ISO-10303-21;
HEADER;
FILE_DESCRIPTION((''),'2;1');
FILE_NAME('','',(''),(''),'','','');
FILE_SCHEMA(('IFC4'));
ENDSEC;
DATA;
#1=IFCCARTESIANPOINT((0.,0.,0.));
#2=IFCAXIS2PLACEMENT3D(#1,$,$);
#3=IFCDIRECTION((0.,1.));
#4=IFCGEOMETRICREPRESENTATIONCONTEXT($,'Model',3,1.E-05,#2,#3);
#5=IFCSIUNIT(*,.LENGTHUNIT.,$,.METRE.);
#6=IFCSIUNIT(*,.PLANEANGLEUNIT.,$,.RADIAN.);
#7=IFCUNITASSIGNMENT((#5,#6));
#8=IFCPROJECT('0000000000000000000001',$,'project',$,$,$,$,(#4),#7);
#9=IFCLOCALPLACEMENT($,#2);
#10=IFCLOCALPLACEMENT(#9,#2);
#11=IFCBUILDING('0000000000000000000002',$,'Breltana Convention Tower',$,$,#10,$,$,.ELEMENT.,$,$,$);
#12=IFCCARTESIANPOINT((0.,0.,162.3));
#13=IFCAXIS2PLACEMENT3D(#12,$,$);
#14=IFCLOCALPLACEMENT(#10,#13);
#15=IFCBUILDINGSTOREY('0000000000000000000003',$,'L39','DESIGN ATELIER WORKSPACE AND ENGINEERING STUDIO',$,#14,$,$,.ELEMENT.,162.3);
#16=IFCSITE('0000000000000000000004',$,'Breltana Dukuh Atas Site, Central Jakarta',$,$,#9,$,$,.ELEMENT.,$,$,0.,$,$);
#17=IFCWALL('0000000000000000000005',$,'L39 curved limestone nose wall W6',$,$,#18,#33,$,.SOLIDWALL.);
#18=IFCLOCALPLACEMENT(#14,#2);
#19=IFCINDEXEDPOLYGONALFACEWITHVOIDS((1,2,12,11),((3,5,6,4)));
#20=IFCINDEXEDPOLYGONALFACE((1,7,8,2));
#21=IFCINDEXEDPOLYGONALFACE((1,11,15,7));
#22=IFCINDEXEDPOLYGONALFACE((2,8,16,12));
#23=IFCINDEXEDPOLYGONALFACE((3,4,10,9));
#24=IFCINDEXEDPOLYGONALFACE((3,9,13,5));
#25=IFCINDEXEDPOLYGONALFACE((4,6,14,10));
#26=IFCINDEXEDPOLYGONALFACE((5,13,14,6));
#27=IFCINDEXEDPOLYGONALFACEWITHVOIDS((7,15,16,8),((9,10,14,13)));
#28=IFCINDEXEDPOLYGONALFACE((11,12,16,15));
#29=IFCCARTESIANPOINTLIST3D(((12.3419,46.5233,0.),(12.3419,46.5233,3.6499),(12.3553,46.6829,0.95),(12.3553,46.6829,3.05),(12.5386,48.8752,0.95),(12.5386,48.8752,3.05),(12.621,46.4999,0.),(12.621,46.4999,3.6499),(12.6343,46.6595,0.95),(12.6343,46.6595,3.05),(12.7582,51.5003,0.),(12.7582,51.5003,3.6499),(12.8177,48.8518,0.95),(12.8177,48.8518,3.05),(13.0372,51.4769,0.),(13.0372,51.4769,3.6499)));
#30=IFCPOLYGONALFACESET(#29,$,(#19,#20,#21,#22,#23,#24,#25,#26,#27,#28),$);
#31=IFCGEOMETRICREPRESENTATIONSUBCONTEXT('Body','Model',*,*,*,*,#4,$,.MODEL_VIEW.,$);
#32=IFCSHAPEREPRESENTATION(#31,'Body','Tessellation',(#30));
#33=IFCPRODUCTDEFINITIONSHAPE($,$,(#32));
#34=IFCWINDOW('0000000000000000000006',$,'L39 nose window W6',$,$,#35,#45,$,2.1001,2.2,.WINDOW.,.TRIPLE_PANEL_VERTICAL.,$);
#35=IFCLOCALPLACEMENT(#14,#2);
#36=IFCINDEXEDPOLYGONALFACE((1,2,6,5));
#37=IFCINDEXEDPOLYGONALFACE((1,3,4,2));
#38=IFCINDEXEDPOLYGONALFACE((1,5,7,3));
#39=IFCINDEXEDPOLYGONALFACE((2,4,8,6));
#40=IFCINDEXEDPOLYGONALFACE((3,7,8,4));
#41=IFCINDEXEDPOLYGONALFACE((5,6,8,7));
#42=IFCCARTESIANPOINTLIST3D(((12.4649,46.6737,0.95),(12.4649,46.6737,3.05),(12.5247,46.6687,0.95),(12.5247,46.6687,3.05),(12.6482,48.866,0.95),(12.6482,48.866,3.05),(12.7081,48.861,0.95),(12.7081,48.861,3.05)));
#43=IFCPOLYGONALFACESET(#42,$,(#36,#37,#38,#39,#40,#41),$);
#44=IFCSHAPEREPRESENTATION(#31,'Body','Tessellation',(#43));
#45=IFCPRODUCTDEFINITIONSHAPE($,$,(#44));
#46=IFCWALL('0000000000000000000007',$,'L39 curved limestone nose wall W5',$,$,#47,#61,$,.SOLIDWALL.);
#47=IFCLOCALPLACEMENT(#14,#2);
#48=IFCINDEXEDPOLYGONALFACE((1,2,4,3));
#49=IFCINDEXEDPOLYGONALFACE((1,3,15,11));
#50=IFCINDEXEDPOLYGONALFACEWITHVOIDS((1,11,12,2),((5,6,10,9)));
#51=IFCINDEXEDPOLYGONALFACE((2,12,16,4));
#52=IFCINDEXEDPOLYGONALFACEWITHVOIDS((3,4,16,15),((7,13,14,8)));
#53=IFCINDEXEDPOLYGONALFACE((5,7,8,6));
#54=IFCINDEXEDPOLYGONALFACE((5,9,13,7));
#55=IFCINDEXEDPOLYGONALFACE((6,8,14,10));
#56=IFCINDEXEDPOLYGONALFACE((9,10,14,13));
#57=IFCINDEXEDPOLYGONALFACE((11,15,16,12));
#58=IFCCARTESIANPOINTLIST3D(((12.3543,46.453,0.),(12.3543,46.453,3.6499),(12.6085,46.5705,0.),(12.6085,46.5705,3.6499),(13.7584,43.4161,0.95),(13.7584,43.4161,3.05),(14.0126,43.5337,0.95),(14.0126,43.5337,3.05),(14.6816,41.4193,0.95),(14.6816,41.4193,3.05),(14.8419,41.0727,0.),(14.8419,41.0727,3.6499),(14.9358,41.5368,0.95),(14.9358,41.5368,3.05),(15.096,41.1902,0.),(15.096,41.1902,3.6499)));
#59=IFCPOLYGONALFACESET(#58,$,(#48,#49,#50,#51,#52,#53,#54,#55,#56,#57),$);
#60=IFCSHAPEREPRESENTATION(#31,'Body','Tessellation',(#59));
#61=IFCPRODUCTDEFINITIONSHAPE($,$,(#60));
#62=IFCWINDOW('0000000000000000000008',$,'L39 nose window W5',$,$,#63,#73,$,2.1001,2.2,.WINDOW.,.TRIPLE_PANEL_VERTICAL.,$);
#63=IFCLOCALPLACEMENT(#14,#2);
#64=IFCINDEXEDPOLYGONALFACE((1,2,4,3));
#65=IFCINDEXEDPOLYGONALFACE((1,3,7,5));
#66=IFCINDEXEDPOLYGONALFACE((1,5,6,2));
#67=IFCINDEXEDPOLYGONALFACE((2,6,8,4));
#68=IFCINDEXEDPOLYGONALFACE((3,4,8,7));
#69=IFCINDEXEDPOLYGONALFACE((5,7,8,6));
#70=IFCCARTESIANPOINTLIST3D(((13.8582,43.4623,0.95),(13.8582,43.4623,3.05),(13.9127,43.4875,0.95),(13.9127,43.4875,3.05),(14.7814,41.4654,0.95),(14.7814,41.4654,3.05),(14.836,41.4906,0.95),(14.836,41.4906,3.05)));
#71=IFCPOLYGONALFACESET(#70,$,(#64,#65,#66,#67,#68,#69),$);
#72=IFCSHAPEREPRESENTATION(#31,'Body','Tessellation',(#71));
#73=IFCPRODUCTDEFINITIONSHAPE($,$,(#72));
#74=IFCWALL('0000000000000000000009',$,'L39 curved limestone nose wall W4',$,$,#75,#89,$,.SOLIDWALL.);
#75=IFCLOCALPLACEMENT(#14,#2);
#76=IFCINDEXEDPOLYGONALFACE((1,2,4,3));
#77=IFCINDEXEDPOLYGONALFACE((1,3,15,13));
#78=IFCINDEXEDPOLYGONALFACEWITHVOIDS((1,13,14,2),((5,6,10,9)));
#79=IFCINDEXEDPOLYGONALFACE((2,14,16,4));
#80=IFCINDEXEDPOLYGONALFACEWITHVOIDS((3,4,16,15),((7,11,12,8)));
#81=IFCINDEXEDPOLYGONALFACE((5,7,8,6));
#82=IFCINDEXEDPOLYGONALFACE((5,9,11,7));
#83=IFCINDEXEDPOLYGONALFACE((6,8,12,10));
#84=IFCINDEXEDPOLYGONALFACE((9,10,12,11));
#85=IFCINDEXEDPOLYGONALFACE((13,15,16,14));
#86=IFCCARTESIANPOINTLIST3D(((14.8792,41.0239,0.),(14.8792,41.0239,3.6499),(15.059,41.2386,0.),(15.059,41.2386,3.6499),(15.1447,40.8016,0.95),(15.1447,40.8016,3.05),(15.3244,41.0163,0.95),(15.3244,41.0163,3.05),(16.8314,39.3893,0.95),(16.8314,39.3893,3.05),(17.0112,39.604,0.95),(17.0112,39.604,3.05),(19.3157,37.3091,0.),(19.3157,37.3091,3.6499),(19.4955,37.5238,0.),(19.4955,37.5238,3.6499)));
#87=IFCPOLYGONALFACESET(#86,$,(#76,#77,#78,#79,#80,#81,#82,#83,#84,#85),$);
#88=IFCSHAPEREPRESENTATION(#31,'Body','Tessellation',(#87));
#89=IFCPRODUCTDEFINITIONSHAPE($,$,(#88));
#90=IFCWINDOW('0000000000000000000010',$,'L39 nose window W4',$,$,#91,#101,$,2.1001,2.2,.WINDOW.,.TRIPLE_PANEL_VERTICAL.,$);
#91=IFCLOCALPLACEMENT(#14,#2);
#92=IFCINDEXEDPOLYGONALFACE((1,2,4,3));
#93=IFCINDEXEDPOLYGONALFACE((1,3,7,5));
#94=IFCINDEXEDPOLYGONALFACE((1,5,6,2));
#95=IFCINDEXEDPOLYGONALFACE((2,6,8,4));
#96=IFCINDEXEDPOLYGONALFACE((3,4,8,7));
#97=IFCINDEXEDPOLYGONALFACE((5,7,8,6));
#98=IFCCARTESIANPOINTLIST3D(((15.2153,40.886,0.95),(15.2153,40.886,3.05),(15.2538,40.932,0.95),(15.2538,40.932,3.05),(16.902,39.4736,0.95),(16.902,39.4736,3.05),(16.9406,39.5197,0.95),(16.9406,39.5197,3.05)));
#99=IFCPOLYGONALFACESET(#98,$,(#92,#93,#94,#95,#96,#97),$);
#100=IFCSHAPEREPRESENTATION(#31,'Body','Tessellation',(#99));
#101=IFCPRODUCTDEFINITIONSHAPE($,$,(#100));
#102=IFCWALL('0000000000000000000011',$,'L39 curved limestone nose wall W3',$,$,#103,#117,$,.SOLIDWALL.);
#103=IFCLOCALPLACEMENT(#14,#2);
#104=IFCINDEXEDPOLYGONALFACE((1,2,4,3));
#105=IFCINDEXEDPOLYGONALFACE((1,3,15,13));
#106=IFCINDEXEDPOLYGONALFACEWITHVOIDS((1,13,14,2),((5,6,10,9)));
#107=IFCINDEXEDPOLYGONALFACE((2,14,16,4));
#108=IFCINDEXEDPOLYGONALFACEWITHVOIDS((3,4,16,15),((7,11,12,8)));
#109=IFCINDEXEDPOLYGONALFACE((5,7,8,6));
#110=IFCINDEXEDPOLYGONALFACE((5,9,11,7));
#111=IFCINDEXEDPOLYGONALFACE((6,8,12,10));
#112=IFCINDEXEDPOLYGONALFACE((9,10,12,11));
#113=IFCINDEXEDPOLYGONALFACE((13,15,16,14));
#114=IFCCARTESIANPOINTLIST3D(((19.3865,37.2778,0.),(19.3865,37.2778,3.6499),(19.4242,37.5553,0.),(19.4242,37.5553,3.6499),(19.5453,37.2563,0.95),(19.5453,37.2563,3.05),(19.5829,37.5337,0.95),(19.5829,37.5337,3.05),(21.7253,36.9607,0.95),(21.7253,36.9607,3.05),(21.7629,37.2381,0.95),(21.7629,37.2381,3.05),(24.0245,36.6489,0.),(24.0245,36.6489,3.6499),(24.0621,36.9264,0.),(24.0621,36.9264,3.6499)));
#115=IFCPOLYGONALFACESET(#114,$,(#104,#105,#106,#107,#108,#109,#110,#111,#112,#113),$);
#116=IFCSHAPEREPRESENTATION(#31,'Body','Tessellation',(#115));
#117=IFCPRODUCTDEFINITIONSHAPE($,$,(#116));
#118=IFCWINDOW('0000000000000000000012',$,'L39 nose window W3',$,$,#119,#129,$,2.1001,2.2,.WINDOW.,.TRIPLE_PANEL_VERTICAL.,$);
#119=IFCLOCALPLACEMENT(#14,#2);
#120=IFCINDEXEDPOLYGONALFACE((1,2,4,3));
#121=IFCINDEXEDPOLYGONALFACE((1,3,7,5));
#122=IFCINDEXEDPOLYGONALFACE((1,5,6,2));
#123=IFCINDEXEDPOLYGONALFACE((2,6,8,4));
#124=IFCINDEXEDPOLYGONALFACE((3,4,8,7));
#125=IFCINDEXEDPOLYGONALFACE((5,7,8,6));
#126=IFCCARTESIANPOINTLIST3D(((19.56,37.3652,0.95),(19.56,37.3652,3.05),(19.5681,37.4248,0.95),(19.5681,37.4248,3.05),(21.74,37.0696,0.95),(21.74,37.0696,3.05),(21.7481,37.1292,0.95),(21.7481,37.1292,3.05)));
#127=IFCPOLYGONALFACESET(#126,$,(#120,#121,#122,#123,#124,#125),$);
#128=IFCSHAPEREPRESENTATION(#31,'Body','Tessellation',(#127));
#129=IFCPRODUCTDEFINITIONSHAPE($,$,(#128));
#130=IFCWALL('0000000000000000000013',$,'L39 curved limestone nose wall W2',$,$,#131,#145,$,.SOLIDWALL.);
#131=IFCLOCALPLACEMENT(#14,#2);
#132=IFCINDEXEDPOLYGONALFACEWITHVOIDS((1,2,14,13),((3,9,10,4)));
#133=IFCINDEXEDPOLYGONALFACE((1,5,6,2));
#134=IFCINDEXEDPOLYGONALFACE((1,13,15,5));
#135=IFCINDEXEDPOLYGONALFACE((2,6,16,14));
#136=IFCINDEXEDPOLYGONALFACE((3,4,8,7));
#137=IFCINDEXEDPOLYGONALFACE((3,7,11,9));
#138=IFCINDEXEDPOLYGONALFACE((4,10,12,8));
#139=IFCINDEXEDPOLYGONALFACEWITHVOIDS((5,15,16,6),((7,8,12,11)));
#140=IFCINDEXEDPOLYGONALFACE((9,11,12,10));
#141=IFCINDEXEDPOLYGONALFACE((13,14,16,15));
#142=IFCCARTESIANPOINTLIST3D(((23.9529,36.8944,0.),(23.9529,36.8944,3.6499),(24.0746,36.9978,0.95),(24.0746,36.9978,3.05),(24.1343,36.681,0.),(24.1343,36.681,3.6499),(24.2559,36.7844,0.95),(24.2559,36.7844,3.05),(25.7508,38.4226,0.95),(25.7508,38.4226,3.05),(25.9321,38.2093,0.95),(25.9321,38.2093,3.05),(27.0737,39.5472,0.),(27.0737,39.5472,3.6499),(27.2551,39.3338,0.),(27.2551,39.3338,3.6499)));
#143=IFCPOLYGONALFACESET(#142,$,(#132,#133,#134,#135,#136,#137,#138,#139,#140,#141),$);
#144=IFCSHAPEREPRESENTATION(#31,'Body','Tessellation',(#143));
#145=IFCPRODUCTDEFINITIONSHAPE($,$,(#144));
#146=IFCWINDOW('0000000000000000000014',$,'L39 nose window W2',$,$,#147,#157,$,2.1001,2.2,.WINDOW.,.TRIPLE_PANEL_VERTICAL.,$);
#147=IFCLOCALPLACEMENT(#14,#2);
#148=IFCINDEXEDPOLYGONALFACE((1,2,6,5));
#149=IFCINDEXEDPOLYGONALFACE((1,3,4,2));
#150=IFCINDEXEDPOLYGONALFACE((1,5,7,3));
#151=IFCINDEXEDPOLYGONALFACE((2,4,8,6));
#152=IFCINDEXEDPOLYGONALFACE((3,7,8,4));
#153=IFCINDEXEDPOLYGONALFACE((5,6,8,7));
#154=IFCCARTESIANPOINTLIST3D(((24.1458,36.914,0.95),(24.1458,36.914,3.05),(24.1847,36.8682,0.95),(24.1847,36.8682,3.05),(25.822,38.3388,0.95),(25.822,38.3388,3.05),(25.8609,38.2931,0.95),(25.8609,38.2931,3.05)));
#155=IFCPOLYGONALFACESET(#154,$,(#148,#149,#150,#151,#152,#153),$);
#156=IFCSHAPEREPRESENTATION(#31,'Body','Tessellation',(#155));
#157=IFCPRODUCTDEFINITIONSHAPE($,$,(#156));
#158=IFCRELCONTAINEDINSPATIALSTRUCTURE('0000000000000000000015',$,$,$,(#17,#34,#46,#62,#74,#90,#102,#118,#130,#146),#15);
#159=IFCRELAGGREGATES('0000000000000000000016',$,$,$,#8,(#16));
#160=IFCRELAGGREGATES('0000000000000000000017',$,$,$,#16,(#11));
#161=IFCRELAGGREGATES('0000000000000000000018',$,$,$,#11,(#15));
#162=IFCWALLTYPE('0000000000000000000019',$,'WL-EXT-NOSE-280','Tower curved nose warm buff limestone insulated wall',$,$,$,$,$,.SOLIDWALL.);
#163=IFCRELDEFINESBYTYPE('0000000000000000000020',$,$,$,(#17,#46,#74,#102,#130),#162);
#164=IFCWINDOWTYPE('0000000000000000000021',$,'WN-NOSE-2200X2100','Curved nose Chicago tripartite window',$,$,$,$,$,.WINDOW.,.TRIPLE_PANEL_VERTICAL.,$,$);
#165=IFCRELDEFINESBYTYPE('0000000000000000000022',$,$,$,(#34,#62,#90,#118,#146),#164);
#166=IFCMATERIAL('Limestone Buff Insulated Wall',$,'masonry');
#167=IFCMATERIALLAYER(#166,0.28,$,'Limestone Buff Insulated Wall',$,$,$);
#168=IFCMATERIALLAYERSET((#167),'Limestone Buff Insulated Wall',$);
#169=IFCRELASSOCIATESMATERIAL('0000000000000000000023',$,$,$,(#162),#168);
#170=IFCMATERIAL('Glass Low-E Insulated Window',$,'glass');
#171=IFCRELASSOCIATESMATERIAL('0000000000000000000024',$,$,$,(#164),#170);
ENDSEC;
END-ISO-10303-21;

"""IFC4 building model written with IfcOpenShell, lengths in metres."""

from ifc_helpers import new_model, si_unit, direction, frame, frame_2d, origin, place, context, subcontext, project, spatial, rectangle, extrude, source, transform, mapped, material, layer, layer_set, type_object, type_shapes, element, fill, save


model = new_model("IFC4")

# Units and contexts
model_context = context("Model", 3, precision=1e-05, world=origin(), true_north=direction((0.0, 1.0)))
body_context = subcontext(model_context, "Body", "Model", "MODEL_VIEW")
ifc_project = project(units=[si_unit("LENGTHUNIT", "METRE"), si_unit("PLANEANGLEUNIT", "RADIAN")], contexts=[model_context])

# Site, building, storey
site_placement = place(None, origin())
site = spatial("IfcSite", under=ifc_project, at=site_placement, Name="Breltana Dukuh Atas Site, Central Jakarta", CompositionType="ELEMENT", RefElevation=0.0)
building_placement = place(site_placement, origin())
building = spatial("IfcBuilding", under=site, at=building_placement, Name="Breltana Convention Tower", CompositionType="ELEMENT")
storey_placement = place(building_placement, frame((0.0, 0.0, 162.3)))
storey = spatial("IfcBuildingStorey", under=building, at=storey_placement, Name="L39", Description="DESIGN ATELIER WORKSPACE AND ENGINEERING STUDIO", CompositionType="ELEMENT", Elevation=162.3)

# Walls, openings, windows
ifc_material_1 = material(Name="Limestone Buff Insulated Wall", Category="masonry")
ifc_layer_1 = layer(ifc_material_1, 0.28, Name="Limestone Buff Insulated Wall")
ifc_layer_set_1 = layer_set([ifc_layer_1], Name="Limestone Buff Insulated Wall")
wall_type = type_object("IfcWallType", Name="WL-EXT-NOSE-280", Description="Tower curved nose warm buff limestone insulated wall", PredefinedType="SOLIDWALL", material=ifc_layer_set_1)
shared_shape_1 = source(origin(), body_context, "Body", "SweptSolid", [
    extrude(rectangle(XDim=4.9944, YDim=0.28, at=frame_2d((2.4971, 0.0))), origin(), (0.0, 0.0, 1.0), 3.6499),
])
wall_1_placement = place(storey_placement, frame((12.4814, 46.5117, 0.0), z_axis=(0.0, 0.0, 1.0), x_axis=(0.083345, 0.996521, 0.0)))
wall_1 = element("IfcWall", 1, at=wall_1_placement, inside=storey, type_object=wall_type, Name="L39 curved limestone nose wall W6", PredefinedType="SOLIDWALL", context=body_context, shape_type="MappedRepresentation", body=[
    mapped(shared_shape_1, transform((0.0, 0.0, 0.0), scale=1.0)),
])
opening_1_placement = place(wall_1_placement, frame((0.1599, 0.0, 0.95)))
opening_1 = element("IfcOpeningElement", 2, at=opening_1_placement, cuts=wall_1, PredefinedType="OPENING", context=body_context, shape_type="SweptSolid", body=[
    extrude(rectangle(XDim=2.2, YDim=2.1001, at=frame_2d((1.1001, 1.05))), frame((0.0, 0.1499, 0.0), z_axis=(0.0, -1.0, 0.0), x_axis=(1.0, 0.0, 0.0)), (0.0, 0.0, 1.0), 0.3),
])
ifc_material_2 = material(Name="Glass Low-E Insulated Window", Category="glass")
window_type_1 = type_object("IfcWindowType", Name="WN-NOSE-2200X2100", Description="Curved nose Chicago tripartite window", PartitioningType="TRIPLE_PANEL_VERTICAL", PredefinedType="WINDOW", material=ifc_material_2)
shared_shape_2 = source(origin(), body_context, "Body", "SweptSolid", [
    extrude(rectangle(XDim=2.2, YDim=2.1001, at=frame_2d((1.1001, 1.05))), frame((0.0, 0.03, 0.0), z_axis=(0.0, -1.0, 0.0), x_axis=(1.0, 0.0, 0.0)), (0.0, 0.0, 1.0), 0.0601),
])
type_shapes(window_type_1, [shared_shape_2])
window_1_placement = place(opening_1_placement, origin())
window_1 = element("IfcWindow", 3, at=window_1_placement, inside=storey, type_object=window_type_1, Name="L39 nose window W6", OverallHeight=2.1001, OverallWidth=2.2, PartitioningType="TRIPLE_PANEL_VERTICAL", PredefinedType="WINDOW", context=body_context, shape_type="MappedRepresentation", body=[
    mapped(shared_shape_2, transform((0.0, 0.0, 0.0), scale=1.0)),
])
fill(opening_1, window_1)
shared_shape_3 = source(origin(), body_context, "Body", "SweptSolid", [
    extrude(rectangle(XDim=5.9275, YDim=0.28, at=frame_2d((2.9639, 0.0))), origin(), (0.0, 0.0, 1.0), 3.6499),
])
wall_2_placement = place(storey_placement, frame((14.969, 41.1313, 0.0), z_axis=(0.0, 0.0, 1.0), x_axis=(-0.419656, 0.907683, 0.0)))
wall_2 = element("IfcWall", 4, at=wall_2_placement, inside=storey, type_object=wall_type, Name="L39 curved limestone nose wall W5", PredefinedType="SOLIDWALL", context=body_context, shape_type="MappedRepresentation", body=[
    mapped(shared_shape_3, transform((0.0, 0.0, 0.0), scale=1.0)),
])
opening_2_placement = place(wall_2_placement, frame((0.3818, 0.0, 0.95)))
opening_2 = element("IfcOpeningElement", 5, at=opening_2_placement, cuts=wall_2, PredefinedType="OPENING", context=body_context, shape_type="SweptSolid", body=[
    extrude(rectangle(XDim=2.2, YDim=2.1001, at=frame_2d((1.1001, 1.05))), frame((0.0, 0.1499, 0.0), z_axis=(0.0, -1.0, 0.0), x_axis=(1.0, 0.0, 0.0)), (0.0, 0.0, 1.0), 0.3),
])
window_2_placement = place(opening_2_placement, origin())
window_2 = element("IfcWindow", 6, at=window_2_placement, inside=storey, type_object=window_type_1, Name="L39 nose window W5", OverallHeight=2.1001, OverallWidth=2.2, PartitioningType="TRIPLE_PANEL_VERTICAL", PredefinedType="WINDOW", context=body_context, shape_type="MappedRepresentation", body=[
    mapped(shared_shape_2, transform((0.0, 0.0, 0.0), scale=1.0)),
])
fill(opening_2, window_2)
shared_shape_4 = source(origin(), body_context, "Body", "SweptSolid", [
    extrude(rectangle(XDim=5.7864, YDim=0.28, at=frame_2d((2.8931, 0.0))), origin(), (0.0, 0.0, 1.0), 3.6499),
])
wall_3_placement = place(storey_placement, frame((19.4055, 37.4165, 0.0), z_axis=(0.0, 0.0, 1.0), x_axis=(-0.766711, 0.641992, 0.0)))
wall_3 = element("IfcWall", 7, at=wall_3_placement, inside=storey, type_object=wall_type, Name="L39 curved limestone nose wall W4", PredefinedType="SOLIDWALL", context=body_context, shape_type="MappedRepresentation", body=[
    mapped(shared_shape_4, transform((0.0, 0.0, 0.0), scale=1.0)),
])
opening_3_placement = place(wall_3_placement, frame((3.24, 0.0, 0.95)))
opening_3 = element("IfcOpeningElement", 8, at=opening_3_placement, cuts=wall_3, PredefinedType="OPENING", context=body_context, shape_type="SweptSolid", body=[
    extrude(rectangle(XDim=2.2, YDim=2.1001, at=frame_2d((1.1001, 1.05))), frame((0.0, 0.1499, 0.0), z_axis=(0.0, -1.0, 0.0), x_axis=(1.0, 0.0, 0.0)), (0.0, 0.0, 1.0), 0.3),
])
window_3_placement = place(opening_3_placement, origin())
window_3 = element("IfcWindow", 9, at=window_3_placement, inside=storey, type_object=window_type_1, Name="L39 nose window W4", OverallHeight=2.1001, OverallWidth=2.2, PartitioningType="TRIPLE_PANEL_VERTICAL", PredefinedType="WINDOW", context=body_context, shape_type="MappedRepresentation", body=[
    mapped(shared_shape_2, transform((0.0, 0.0, 0.0), scale=1.0)),
])
fill(opening_3, window_3)
shared_shape_5 = source(origin(), body_context, "Body", "SweptSolid", [
    extrude(rectangle(XDim=4.6804, YDim=0.28, at=frame_2d((2.3403, 0.0))), origin(), (0.0, 0.0, 1.0), 3.6499),
])
wall_4_placement = place(storey_placement, frame((24.0435, 36.7876, 0.0), z_axis=(0.0, 0.0, 1.0), x_axis=(-0.990931, 0.134371, 0.0)))
wall_4 = element("IfcWall", 10, at=wall_4_placement, inside=storey, type_object=wall_type, Name="L39 curved limestone nose wall W3", PredefinedType="SOLIDWALL", context=body_context, shape_type="MappedRepresentation", body=[
    mapped(shared_shape_5, transform((0.0, 0.0, 0.0), scale=1.0)),
])
opening_4_placement = place(wall_4_placement, frame((2.3203, 0.0, 0.95)))
opening_4 = element("IfcOpeningElement", 11, at=opening_4_placement, cuts=wall_4, PredefinedType="OPENING", context=body_context, shape_type="SweptSolid", body=[
    extrude(rectangle(XDim=2.2, YDim=2.1001, at=frame_2d((1.1001, 1.05))), frame((0.0, 0.1499, 0.0), z_axis=(0.0, -1.0, 0.0), x_axis=(1.0, 0.0, 0.0)), (0.0, 0.0, 1.0), 0.3),
])
window_4_placement = place(opening_4_placement, origin())
window_4 = element("IfcWindow", 12, at=window_4_placement, inside=storey, type_object=window_type_1, Name="L39 nose window W3", OverallHeight=2.1001, OverallWidth=2.2, PartitioningType="TRIPLE_PANEL_VERTICAL", PredefinedType="WINDOW", context=body_context, shape_type="MappedRepresentation", body=[
    mapped(shared_shape_2, transform((0.0, 0.0, 0.0), scale=1.0)),
])
fill(opening_4, window_4)
shared_shape_6 = source(origin(), body_context, "Body", "SweptSolid", [
    extrude(rectangle(XDim=4.0959, YDim=0.28, at=frame_2d((2.0479, 0.0))), origin(), (0.0, 0.0, 1.0), 3.6499),
])
wall_5_placement = place(storey_placement, frame((27.1643, 39.4404, 0.0), z_axis=(0.0, 0.0, 1.0), x_axis=(-0.761926, -0.647664, 0.0)))
wall_5 = element("IfcWall", 13, at=wall_5_placement, inside=storey, type_object=wall_type, Name="L39 curved limestone nose wall W2", PredefinedType="SOLIDWALL", context=body_context, shape_type="MappedRepresentation", body=[
    mapped(shared_shape_6, transform((0.0, 0.0, 0.0), scale=1.0)),
])
opening_5_placement = place(wall_5_placement, frame((1.7361, 0.0, 0.95)))
opening_5 = element("IfcOpeningElement", 14, at=opening_5_placement, cuts=wall_5, PredefinedType="OPENING", context=body_context, shape_type="SweptSolid", body=[
    extrude(rectangle(XDim=2.2, YDim=2.1001, at=frame_2d((1.1001, 1.05))), frame((0.0, 0.1499, 0.0), z_axis=(0.0, -1.0, 0.0), x_axis=(1.0, 0.0, 0.0)), (0.0, 0.0, 1.0), 0.3),
])
window_5_placement = place(opening_5_placement, origin())
window_5 = element("IfcWindow", 15, at=window_5_placement, inside=storey, type_object=window_type_1, Name="L39 nose window W2", OverallHeight=2.1001, OverallWidth=2.2, PartitioningType="TRIPLE_PANEL_VERTICAL", PredefinedType="WINDOW", context=body_context, shape_type="MappedRepresentation", body=[
    mapped(shared_shape_2, transform((0.0, 0.0, 0.0), scale=1.0)),
])
fill(opening_5, window_5)

save(model, "model.ifc")
